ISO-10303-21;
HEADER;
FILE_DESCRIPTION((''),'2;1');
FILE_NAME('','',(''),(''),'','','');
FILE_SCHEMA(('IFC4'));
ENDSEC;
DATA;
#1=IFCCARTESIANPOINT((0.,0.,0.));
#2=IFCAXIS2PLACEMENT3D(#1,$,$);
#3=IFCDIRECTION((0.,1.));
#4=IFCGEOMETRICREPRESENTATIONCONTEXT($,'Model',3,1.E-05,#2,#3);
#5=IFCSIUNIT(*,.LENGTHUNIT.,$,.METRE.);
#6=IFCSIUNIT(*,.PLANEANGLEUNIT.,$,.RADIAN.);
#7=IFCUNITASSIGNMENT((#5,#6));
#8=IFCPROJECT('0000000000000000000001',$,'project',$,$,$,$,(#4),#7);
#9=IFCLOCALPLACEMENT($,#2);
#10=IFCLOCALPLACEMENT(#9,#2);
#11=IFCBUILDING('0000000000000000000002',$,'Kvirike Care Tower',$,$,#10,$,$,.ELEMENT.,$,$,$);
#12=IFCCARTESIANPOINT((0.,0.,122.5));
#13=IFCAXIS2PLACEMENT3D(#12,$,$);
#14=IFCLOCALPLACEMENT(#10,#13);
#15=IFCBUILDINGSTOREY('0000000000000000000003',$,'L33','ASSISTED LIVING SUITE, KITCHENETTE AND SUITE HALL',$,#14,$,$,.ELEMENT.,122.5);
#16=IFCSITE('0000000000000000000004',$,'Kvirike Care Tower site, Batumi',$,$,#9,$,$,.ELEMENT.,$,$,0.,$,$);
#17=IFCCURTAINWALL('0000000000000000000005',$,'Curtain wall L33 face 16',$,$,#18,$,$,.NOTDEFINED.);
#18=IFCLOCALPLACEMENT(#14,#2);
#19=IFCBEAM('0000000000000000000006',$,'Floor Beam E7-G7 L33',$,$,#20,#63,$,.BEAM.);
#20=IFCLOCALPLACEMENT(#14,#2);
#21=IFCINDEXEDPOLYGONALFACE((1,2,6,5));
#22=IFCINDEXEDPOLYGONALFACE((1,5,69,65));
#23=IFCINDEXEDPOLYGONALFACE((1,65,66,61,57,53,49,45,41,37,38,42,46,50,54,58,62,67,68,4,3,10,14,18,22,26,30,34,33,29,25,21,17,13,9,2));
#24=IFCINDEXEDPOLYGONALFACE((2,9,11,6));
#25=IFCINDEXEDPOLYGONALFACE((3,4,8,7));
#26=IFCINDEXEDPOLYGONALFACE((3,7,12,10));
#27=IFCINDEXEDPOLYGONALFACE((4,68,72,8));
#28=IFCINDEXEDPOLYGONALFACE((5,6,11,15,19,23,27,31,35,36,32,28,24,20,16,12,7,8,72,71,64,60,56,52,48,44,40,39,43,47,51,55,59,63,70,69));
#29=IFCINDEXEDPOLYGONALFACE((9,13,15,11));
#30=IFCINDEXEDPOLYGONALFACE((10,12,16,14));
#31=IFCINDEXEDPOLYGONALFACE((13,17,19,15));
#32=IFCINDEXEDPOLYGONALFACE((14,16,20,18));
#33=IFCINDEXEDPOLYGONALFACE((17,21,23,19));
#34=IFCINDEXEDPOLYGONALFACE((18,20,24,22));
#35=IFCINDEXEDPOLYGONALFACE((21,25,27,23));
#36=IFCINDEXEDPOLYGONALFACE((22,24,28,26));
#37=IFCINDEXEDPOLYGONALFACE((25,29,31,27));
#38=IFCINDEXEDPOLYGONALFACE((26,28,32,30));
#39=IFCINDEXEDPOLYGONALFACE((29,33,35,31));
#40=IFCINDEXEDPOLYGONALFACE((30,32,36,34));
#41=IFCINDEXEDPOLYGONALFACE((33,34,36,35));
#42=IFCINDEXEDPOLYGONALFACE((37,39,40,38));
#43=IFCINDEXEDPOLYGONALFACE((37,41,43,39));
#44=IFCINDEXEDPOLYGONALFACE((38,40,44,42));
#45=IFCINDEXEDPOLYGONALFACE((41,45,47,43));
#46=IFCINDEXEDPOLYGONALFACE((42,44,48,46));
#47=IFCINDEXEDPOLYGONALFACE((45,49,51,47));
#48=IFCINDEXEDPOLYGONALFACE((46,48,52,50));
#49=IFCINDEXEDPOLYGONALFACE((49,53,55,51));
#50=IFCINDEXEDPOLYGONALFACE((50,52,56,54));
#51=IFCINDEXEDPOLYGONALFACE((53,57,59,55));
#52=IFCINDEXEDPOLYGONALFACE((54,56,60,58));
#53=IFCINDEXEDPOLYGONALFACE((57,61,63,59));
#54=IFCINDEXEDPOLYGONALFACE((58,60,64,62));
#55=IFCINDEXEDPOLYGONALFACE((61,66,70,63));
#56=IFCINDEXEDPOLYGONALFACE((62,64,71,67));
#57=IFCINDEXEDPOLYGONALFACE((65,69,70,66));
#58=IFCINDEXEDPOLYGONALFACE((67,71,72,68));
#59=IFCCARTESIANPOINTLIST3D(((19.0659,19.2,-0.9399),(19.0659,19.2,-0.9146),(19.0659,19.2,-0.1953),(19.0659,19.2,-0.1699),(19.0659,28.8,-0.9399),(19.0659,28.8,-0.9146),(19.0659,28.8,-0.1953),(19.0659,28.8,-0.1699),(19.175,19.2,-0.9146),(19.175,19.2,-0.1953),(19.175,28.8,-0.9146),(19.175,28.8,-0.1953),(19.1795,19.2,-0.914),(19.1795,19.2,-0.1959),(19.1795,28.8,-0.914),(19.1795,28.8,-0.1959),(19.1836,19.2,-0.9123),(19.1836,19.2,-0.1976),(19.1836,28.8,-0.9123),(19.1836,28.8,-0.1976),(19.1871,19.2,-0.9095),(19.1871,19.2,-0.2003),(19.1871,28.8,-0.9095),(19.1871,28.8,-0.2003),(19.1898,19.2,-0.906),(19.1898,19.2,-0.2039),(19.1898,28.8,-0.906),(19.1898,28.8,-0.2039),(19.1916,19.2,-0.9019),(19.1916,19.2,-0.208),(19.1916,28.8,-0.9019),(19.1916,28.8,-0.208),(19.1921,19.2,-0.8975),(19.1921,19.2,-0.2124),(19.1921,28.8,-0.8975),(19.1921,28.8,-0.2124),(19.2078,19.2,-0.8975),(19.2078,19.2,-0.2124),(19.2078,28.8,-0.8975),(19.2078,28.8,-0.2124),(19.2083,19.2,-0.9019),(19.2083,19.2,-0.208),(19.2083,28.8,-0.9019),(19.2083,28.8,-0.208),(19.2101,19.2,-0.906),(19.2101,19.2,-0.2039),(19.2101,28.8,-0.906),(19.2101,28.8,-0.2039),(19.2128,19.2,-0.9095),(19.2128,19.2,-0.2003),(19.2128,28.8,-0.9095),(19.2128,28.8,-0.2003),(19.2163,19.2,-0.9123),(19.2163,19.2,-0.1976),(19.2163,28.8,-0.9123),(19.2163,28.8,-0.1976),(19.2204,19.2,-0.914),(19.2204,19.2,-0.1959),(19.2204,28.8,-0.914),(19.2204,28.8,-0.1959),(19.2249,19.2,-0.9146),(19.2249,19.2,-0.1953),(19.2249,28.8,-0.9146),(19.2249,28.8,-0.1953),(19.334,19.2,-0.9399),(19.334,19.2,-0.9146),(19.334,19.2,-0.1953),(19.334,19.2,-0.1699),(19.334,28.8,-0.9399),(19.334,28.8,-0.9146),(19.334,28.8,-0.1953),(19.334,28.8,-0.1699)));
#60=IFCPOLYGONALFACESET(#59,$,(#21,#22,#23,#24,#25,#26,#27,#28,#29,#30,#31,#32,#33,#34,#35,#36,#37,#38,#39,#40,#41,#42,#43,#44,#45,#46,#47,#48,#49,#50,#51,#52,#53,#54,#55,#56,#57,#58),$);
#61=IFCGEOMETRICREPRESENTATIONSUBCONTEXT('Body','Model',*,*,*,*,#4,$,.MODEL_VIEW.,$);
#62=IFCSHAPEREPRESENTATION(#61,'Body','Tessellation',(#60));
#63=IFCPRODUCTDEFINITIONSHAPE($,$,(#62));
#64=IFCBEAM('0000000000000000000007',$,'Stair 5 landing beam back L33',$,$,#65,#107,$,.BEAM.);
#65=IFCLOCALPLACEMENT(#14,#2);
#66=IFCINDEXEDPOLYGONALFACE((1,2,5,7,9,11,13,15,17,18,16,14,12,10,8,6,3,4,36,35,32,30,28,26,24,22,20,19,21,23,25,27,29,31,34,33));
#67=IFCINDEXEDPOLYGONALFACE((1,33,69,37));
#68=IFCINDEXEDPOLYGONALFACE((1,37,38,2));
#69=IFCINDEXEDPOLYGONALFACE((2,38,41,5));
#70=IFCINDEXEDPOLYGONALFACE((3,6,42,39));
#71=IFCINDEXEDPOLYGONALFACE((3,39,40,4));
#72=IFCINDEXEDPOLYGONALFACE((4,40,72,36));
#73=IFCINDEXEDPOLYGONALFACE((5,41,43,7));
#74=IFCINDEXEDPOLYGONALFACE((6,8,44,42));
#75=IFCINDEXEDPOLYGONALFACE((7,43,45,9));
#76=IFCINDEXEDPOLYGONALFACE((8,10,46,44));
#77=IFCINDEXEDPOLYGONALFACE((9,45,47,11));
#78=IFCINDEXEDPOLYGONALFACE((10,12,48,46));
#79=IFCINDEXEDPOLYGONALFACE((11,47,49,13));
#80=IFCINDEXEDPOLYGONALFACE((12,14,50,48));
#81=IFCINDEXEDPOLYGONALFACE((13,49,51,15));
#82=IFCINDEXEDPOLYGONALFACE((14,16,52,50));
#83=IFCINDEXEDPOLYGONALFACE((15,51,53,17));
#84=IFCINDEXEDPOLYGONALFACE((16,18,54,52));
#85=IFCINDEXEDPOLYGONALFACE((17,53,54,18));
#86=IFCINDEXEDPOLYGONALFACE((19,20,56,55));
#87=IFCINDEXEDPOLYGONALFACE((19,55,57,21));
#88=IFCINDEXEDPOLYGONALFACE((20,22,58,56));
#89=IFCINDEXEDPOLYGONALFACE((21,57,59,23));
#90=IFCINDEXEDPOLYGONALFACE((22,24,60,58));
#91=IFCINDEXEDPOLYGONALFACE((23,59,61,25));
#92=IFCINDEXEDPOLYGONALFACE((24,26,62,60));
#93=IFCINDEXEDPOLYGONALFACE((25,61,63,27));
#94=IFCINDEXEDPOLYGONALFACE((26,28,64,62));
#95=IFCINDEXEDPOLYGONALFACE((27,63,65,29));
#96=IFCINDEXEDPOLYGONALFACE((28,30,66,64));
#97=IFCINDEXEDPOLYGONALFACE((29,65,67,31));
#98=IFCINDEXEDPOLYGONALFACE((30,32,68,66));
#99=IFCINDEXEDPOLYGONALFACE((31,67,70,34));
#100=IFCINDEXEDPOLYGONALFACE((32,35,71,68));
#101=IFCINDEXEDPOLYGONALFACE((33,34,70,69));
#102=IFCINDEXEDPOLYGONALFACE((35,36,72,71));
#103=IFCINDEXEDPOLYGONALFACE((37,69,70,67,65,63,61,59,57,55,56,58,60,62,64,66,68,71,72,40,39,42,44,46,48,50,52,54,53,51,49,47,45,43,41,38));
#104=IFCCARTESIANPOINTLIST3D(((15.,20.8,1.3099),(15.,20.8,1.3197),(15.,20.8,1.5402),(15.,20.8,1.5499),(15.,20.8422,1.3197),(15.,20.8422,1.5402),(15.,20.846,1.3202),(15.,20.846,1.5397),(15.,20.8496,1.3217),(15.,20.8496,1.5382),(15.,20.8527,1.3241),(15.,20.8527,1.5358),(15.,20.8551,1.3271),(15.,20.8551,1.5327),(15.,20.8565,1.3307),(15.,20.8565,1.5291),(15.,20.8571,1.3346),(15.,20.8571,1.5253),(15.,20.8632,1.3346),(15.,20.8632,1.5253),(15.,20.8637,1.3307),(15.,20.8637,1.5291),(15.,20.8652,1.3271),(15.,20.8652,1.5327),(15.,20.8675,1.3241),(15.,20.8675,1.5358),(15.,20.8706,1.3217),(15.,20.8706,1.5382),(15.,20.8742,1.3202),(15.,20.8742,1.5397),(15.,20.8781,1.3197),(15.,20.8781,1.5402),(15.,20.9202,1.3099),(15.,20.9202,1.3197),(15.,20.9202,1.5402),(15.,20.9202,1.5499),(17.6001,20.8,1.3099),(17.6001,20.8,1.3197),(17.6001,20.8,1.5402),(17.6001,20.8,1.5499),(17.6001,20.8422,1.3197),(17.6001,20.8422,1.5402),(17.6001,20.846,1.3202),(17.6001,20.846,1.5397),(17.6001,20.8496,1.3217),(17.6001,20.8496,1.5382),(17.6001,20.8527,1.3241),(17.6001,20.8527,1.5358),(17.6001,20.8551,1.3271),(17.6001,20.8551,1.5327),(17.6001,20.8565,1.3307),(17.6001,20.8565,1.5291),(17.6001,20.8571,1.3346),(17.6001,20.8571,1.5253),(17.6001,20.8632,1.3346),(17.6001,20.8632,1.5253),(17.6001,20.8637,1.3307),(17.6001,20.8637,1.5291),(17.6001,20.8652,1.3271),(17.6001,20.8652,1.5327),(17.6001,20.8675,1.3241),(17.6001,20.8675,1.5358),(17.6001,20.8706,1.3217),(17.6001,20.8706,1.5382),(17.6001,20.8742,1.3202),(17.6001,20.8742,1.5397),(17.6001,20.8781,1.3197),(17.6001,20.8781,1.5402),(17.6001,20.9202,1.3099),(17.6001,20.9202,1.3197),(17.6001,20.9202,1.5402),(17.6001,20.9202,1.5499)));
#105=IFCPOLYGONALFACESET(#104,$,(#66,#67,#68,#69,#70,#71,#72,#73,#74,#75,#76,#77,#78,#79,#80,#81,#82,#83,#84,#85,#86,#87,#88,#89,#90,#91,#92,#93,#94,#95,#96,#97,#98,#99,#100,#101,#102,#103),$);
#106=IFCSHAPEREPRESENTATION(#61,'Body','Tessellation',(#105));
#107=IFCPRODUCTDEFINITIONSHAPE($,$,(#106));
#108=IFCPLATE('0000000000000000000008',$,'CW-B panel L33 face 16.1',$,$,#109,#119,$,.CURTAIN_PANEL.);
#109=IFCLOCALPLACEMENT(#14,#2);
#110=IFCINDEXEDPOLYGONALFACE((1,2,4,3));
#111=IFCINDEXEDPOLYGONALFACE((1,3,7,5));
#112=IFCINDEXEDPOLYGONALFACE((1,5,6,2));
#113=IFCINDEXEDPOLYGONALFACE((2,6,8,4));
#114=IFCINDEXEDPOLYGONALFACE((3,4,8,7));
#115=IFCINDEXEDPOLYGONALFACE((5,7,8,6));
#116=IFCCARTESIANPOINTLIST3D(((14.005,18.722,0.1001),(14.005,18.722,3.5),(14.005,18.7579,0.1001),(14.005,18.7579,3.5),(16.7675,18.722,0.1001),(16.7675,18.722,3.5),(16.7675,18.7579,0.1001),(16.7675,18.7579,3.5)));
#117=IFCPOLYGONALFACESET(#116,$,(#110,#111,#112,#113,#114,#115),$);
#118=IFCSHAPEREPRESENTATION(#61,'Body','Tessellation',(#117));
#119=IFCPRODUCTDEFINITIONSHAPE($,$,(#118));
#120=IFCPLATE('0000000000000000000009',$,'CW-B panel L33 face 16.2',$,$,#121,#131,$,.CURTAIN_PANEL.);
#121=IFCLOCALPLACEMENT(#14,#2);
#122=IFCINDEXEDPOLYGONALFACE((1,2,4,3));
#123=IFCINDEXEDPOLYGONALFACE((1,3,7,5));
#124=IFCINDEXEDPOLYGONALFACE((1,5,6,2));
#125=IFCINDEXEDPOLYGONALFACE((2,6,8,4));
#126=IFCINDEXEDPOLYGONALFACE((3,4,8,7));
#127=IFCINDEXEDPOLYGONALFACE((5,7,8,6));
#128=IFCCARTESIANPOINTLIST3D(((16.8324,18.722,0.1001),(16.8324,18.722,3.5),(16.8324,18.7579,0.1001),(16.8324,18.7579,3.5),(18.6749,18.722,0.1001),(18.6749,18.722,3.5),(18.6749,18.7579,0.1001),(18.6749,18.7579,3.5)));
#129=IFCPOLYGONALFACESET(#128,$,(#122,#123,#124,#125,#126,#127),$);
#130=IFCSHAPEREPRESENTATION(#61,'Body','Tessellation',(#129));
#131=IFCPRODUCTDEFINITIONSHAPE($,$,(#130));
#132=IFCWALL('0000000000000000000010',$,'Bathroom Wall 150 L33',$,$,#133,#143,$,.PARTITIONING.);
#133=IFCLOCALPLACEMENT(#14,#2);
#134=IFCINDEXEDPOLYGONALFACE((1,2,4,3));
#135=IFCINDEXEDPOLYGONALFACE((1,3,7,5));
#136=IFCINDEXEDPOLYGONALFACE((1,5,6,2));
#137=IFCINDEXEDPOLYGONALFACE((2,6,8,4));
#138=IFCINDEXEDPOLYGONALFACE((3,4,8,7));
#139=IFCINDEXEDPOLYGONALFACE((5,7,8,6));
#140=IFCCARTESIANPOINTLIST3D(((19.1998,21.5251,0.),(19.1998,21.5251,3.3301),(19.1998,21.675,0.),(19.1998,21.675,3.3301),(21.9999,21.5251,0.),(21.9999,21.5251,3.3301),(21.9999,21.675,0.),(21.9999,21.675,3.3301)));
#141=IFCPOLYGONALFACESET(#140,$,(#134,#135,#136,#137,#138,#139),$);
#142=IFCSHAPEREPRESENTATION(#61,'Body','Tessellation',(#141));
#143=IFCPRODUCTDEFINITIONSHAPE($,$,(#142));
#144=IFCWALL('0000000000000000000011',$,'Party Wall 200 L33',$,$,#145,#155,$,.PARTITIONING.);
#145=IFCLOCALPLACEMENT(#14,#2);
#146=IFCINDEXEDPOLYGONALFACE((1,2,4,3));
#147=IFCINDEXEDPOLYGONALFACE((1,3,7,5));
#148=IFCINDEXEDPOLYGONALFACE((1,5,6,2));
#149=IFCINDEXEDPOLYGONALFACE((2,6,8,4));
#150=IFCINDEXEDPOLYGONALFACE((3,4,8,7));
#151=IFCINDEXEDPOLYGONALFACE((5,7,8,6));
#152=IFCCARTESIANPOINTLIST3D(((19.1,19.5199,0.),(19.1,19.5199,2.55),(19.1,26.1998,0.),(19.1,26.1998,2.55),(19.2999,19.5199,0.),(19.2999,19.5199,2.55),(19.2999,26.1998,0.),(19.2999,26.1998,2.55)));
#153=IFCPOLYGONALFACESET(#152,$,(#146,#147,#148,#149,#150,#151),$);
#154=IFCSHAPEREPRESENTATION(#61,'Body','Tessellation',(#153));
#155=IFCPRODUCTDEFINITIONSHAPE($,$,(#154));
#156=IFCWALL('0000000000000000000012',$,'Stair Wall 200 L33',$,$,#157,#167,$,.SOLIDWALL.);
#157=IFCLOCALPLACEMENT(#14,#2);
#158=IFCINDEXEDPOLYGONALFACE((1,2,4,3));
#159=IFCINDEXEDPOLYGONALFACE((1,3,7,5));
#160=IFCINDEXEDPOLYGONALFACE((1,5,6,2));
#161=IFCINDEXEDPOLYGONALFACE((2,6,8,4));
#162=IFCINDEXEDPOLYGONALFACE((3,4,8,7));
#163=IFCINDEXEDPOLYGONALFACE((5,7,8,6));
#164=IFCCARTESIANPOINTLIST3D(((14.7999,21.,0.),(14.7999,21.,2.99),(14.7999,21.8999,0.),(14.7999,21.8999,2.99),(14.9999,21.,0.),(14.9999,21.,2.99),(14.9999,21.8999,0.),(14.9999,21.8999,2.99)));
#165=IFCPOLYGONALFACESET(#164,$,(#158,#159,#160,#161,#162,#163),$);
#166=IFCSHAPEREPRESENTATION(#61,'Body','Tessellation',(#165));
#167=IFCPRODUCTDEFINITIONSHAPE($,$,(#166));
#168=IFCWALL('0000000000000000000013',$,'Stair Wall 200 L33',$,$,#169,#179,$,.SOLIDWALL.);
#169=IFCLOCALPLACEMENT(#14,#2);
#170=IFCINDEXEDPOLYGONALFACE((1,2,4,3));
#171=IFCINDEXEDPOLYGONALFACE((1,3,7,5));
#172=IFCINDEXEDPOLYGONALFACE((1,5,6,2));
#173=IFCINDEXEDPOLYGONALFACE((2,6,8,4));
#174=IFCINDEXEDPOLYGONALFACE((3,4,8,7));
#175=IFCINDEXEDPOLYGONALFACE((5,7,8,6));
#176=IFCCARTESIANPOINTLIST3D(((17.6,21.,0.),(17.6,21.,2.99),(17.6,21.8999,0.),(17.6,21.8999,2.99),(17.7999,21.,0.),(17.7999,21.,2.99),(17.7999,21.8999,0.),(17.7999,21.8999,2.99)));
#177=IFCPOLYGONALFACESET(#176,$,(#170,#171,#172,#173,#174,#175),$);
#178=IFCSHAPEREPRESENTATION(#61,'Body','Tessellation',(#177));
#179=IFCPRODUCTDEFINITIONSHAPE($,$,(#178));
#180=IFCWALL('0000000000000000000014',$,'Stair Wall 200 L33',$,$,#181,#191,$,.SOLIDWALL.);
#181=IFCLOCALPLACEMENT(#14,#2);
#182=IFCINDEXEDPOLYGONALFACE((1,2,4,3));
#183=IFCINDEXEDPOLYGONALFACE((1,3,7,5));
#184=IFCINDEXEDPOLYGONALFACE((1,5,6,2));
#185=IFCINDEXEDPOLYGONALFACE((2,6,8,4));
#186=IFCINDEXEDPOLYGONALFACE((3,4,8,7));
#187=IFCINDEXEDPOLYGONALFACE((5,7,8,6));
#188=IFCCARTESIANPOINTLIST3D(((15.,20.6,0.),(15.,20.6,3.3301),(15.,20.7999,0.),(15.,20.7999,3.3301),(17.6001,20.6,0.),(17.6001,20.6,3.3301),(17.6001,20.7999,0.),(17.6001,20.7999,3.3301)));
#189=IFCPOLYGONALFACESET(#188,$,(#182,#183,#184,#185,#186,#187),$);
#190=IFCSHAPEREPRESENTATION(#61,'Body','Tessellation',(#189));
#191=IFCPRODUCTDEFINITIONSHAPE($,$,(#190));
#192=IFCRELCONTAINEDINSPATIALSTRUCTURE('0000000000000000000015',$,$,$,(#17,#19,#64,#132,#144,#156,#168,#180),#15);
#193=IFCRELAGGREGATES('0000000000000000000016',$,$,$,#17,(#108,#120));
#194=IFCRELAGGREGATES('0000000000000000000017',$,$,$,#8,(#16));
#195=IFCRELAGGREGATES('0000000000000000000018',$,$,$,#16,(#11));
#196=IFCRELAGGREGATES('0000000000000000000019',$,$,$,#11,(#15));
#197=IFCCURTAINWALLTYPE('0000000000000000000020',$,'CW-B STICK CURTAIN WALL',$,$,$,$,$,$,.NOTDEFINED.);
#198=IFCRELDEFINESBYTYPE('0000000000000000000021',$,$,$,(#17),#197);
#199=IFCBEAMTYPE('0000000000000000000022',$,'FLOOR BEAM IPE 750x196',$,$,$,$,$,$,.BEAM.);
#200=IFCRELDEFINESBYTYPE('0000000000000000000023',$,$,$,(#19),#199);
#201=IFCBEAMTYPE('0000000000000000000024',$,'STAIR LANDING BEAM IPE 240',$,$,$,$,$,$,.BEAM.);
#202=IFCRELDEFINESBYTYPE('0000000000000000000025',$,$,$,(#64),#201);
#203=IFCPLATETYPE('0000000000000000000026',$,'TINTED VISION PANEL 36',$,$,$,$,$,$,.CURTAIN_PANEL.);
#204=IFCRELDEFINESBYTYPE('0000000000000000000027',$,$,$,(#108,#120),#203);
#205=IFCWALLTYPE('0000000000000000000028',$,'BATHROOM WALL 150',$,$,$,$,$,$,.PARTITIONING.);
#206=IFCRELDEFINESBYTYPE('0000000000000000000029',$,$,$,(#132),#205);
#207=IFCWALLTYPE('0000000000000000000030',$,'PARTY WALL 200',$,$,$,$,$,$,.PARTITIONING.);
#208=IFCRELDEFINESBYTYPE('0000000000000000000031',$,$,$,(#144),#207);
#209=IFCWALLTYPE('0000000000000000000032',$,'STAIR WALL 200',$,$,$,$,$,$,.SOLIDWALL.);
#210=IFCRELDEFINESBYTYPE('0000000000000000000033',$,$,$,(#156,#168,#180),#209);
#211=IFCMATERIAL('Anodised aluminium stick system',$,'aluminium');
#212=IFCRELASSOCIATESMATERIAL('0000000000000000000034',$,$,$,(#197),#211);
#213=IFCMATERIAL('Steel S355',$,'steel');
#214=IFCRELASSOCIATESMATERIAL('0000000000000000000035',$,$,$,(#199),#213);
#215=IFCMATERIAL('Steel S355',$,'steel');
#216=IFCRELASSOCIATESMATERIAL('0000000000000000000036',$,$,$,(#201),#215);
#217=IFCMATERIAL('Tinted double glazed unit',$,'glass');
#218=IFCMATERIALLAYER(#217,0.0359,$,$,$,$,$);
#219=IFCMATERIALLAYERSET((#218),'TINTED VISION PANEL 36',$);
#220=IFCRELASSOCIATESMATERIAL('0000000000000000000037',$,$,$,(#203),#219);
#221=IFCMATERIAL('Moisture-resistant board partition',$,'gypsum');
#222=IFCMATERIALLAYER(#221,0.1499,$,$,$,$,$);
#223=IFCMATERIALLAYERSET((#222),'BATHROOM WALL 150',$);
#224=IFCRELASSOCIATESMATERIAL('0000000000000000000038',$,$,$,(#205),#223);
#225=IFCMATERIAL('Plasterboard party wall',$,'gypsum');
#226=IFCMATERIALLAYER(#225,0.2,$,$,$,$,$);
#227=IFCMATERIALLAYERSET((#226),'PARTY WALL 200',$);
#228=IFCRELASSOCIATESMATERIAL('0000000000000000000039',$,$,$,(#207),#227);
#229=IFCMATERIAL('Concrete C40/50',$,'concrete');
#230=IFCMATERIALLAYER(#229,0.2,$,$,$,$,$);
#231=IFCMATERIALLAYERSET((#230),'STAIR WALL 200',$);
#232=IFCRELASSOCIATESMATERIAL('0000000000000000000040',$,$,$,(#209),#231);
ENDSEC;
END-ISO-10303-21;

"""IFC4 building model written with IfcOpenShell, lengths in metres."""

from ifc_helpers import new_model, si_unit, direction, frame, frame_2d, origin, origin_2d, place, context, subcontext, project, spatial, rectangle, i_section, extrude, material, layer, layer_set, material_profile, profile_set, type_object, element, aggregate, save


model = new_model("IFC4")

# Units and contexts
model_context = context("Model", 3, precision=1e-05, world=origin(), true_north=direction((0.0, 1.0)))
body_context = subcontext(model_context, "Body", "Model", "MODEL_VIEW")
ifc_project = project(units=[si_unit("LENGTHUNIT", "METRE"), si_unit("PLANEANGLEUNIT", "RADIAN")], contexts=[model_context])

# Site, building, storey
site_placement = place(None, origin())
site = spatial("IfcSite", under=ifc_project, at=site_placement, Name="Kvirike Care Tower site, Batumi", CompositionType="ELEMENT", RefElevation=0.0)
building_placement = place(site_placement, origin())
building = spatial("IfcBuilding", under=site, at=building_placement, Name="Kvirike Care Tower", CompositionType="ELEMENT")
storey_placement = place(building_placement, frame((0.0, 0.0, 122.5)))
storey = spatial("IfcBuildingStorey", under=building, at=storey_placement, Name="L33", Description="ASSISTED LIVING SUITE, KITCHENETTE AND SUITE HALL", CompositionType="ELEMENT", Elevation=122.5)

# Curtain wall
ifc_material_1 = material(Name="Anodised aluminium stick system", Category="aluminium")
curtain_wall_type = type_object("IfcCurtainWallType", Name="CW-B STICK CURTAIN WALL", PredefinedType="NOTDEFINED", material=ifc_material_1)
curtain_wall_placement = place(storey_placement, origin())
curtain_wall = element("IfcCurtainWall", 1, at=curtain_wall_placement, inside=storey, type_object=curtain_wall_type, Name="Curtain wall L33 face 16", PredefinedType="NOTDEFINED")

# Beams
ifc_material_2 = material(Name="Steel S355", Category="steel")
ifc_material_profile_1 = material_profile(ifc_material_2, i_section(OverallWidth=0.2681, OverallDepth=0.77, WebThickness=0.0156, FlangeThickness=0.0254, FilletRadius=0.0171, at=origin_2d()), Name="IPE 750x196")
ifc_profile_set_1 = profile_set([ifc_material_profile_1], Name="Steel S355")
beam_type_1 = type_object("IfcBeamType", Name="FLOOR BEAM IPE 750x196", PredefinedType="BEAM", material=ifc_profile_set_1)
for number, where, z_axis, x_axis, name in (
    (2, (19.2, 19.2, -0.5549), (0.0, 1.0, 0.0), (-1.0, 0.0, 0.0), "Floor Beam E7-G7 L33"),
):
    element("IfcBeam", number, at=place(storey_placement, frame(where, z_axis=z_axis, x_axis=x_axis)), inside=storey, type_object=beam_type_1, Name=name, PredefinedType="BEAM", context=body_context, shape_type="SweptSolid", body=[
        extrude(i_section(OverallWidth=0.2681, OverallDepth=0.77, WebThickness=0.0156, FlangeThickness=0.0254, FilletRadius=0.0171, at=origin_2d()), origin(), (0.0, 0.0, 1.0), 9.6001),
    ])
ifc_material_3 = material(Name="Steel S355", Category="steel")
ifc_material_profile_2 = material_profile(ifc_material_3, i_section(OverallWidth=0.1201, OverallDepth=0.24, WebThickness=0.0061, FlangeThickness=0.0098, FilletRadius=0.0149, at=origin_2d()), Name="IPE 240")
ifc_profile_set_2 = profile_set([ifc_material_profile_2], Name="Steel S355")
beam_type_2 = type_object("IfcBeamType", Name="STAIR LANDING BEAM IPE 240", PredefinedType="BEAM", material=ifc_profile_set_2)
beam_placement = place(storey_placement, frame((15.0, 20.8601, 1.4299), z_axis=(1.0, 0.0, 0.0), x_axis=(0.0, 1.0, 0.0)))
element("IfcBeam", 3, at=beam_placement, inside=storey, type_object=beam_type_2, Name="Stair 5 landing beam back L33", PredefinedType="BEAM", context=body_context, shape_type="SweptSolid", body=[
    extrude(i_section(OverallWidth=0.1201, OverallDepth=0.24, WebThickness=0.0061, FlangeThickness=0.0098, FilletRadius=0.0149, at=origin_2d()), origin(), (0.0, 0.0, 1.0), 2.6001),
])

# Plates
ifc_material_4 = material(Name="Tinted double glazed unit", Category="glass")
ifc_layer_1 = layer(ifc_material_4, 0.0359)
ifc_layer_set_1 = layer_set([ifc_layer_1], Name="TINTED VISION PANEL 36")
plate_type = type_object("IfcPlateType", Name="TINTED VISION PANEL 36", PredefinedType="CURTAIN_PANEL", material=ifc_layer_set_1)
plate_1_placement = place(storey_placement, frame((15.3862, 18.74, 0.1001), z_axis=(0.0, 0.0, 1.0), x_axis=(1.0, 0.0, 0.0)))
plate_1 = element("IfcPlate", 4, at=plate_1_placement, type_object=plate_type, Name="CW-B panel L33 face 16.1", PredefinedType="CURTAIN_PANEL", context=body_context, shape_type="SweptSolid", body=[
    extrude(rectangle(XDim=2.7625, YDim=0.0359, at=origin_2d()), origin(), (0.0, 0.0, 1.0), 3.3999),
])
plate_2_placement = place(storey_placement, frame((17.7537, 18.74, 0.1001), z_axis=(0.0, 0.0, 1.0), x_axis=(1.0, 0.0, 0.0)))
plate_2 = element("IfcPlate", 5, at=plate_2_placement, type_object=plate_type, Name="CW-B panel L33 face 16.2", PredefinedType="CURTAIN_PANEL", context=body_context, shape_type="SweptSolid", body=[
    extrude(rectangle(XDim=1.8425, YDim=0.0359, at=origin_2d()), origin(), (0.0, 0.0, 1.0), 3.3999),
])
aggregate(curtain_wall, [plate_1, plate_2])

# Walls
ifc_material_5 = material(Name="Moisture-resistant board partition", Category="gypsum")
ifc_layer_2 = layer(ifc_material_5, 0.1499)
ifc_layer_set_2 = layer_set([ifc_layer_2], Name="BATHROOM WALL 150")
wall_type_1 = type_object("IfcWallType", Name="BATHROOM WALL 150", PredefinedType="PARTITIONING", material=ifc_layer_set_2)
wall_1_placement = place(storey_placement, frame((19.2, 21.6001, 0.0), z_axis=(0.0, 0.0, 1.0), x_axis=(1.0, 0.0, 0.0)))
element("IfcWall", 6, at=wall_1_placement, inside=storey, type_object=wall_type_1, Name="Bathroom Wall 150 L33", PredefinedType="PARTITIONING", context=body_context, shape_type="SweptSolid", body=[
    extrude(rectangle(XDim=2.8, YDim=0.1499, at=frame_2d((1.3999, 0.0))), origin(), (0.0, 0.0, 1.0), 3.3301),
])
ifc_material_6 = material(Name="Plasterboard party wall", Category="gypsum")
ifc_layer_3 = layer(ifc_material_6, 0.2)
ifc_layer_set_3 = layer_set([ifc_layer_3], Name="PARTY WALL 200")
wall_type_2 = type_object("IfcWallType", Name="PARTY WALL 200", PredefinedType="PARTITIONING", material=ifc_layer_set_3)
wall_2_placement = place(storey_placement, frame((19.2, 19.52, 0.0), z_axis=(0.0, 0.0, 1.0), x_axis=(0.0, 1.0, 0.0)))
element("IfcWall", 7, at=wall_2_placement, inside=storey, type_object=wall_type_2, Name="Party Wall 200 L33", PredefinedType="PARTITIONING", context=body_context, shape_type="SweptSolid", body=[
    extrude(rectangle(XDim=6.6799, YDim=0.2, at=frame_2d((3.3398, 0.0))), origin(), (0.0, 0.0, 1.0), 2.55),
])
ifc_material_7 = material(Name="Concrete C40/50", Category="concrete")
ifc_layer_4 = layer(ifc_material_7, 0.2)
ifc_layer_set_4 = layer_set([ifc_layer_4], Name="STAIR WALL 200")
wall_type_3 = type_object("IfcWallType", Name="STAIR WALL 200", PredefinedType="SOLIDWALL", material=ifc_layer_set_4)
for number, where, z_axis, x_axis, name in (
    (8, (14.8999, 21.0, 0.0), (0.0, 0.0, 1.0), (0.0, 1.0, 0.0), "Stair Wall 200 L33"),
    (9, (17.7, 21.0, 0.0), (0.0, 0.0, 1.0), (0.0, 1.0, 0.0), "Stair Wall 200 L33"),
):
    element("IfcWall", number, at=place(storey_placement, frame(where, z_axis=z_axis, x_axis=x_axis)), inside=storey, type_object=wall_type_3, Name=name, PredefinedType="SOLIDWALL", context=body_context, shape_type="SweptSolid", body=[
        extrude(rectangle(XDim=0.8999, YDim=0.2, at=frame_2d((0.45, 0.0))), origin(), (0.0, 0.0, 1.0), 2.99),
    ])
wall_3_placement = place(storey_placement, frame((15.0, 20.7, 0.0), z_axis=(0.0, 0.0, 1.0), x_axis=(1.0, 0.0, 0.0)))
element("IfcWall", 10, at=wall_3_placement, inside=storey, type_object=wall_type_3, Name="Stair Wall 200 L33", PredefinedType="SOLIDWALL", context=body_context, shape_type="SweptSolid", body=[
    extrude(rectangle(XDim=2.6001, YDim=0.2, at=frame_2d((1.3, 0.0))), origin(), (0.0, 0.0, 1.0), 3.3301),
])

save(model, "model.ifc")
